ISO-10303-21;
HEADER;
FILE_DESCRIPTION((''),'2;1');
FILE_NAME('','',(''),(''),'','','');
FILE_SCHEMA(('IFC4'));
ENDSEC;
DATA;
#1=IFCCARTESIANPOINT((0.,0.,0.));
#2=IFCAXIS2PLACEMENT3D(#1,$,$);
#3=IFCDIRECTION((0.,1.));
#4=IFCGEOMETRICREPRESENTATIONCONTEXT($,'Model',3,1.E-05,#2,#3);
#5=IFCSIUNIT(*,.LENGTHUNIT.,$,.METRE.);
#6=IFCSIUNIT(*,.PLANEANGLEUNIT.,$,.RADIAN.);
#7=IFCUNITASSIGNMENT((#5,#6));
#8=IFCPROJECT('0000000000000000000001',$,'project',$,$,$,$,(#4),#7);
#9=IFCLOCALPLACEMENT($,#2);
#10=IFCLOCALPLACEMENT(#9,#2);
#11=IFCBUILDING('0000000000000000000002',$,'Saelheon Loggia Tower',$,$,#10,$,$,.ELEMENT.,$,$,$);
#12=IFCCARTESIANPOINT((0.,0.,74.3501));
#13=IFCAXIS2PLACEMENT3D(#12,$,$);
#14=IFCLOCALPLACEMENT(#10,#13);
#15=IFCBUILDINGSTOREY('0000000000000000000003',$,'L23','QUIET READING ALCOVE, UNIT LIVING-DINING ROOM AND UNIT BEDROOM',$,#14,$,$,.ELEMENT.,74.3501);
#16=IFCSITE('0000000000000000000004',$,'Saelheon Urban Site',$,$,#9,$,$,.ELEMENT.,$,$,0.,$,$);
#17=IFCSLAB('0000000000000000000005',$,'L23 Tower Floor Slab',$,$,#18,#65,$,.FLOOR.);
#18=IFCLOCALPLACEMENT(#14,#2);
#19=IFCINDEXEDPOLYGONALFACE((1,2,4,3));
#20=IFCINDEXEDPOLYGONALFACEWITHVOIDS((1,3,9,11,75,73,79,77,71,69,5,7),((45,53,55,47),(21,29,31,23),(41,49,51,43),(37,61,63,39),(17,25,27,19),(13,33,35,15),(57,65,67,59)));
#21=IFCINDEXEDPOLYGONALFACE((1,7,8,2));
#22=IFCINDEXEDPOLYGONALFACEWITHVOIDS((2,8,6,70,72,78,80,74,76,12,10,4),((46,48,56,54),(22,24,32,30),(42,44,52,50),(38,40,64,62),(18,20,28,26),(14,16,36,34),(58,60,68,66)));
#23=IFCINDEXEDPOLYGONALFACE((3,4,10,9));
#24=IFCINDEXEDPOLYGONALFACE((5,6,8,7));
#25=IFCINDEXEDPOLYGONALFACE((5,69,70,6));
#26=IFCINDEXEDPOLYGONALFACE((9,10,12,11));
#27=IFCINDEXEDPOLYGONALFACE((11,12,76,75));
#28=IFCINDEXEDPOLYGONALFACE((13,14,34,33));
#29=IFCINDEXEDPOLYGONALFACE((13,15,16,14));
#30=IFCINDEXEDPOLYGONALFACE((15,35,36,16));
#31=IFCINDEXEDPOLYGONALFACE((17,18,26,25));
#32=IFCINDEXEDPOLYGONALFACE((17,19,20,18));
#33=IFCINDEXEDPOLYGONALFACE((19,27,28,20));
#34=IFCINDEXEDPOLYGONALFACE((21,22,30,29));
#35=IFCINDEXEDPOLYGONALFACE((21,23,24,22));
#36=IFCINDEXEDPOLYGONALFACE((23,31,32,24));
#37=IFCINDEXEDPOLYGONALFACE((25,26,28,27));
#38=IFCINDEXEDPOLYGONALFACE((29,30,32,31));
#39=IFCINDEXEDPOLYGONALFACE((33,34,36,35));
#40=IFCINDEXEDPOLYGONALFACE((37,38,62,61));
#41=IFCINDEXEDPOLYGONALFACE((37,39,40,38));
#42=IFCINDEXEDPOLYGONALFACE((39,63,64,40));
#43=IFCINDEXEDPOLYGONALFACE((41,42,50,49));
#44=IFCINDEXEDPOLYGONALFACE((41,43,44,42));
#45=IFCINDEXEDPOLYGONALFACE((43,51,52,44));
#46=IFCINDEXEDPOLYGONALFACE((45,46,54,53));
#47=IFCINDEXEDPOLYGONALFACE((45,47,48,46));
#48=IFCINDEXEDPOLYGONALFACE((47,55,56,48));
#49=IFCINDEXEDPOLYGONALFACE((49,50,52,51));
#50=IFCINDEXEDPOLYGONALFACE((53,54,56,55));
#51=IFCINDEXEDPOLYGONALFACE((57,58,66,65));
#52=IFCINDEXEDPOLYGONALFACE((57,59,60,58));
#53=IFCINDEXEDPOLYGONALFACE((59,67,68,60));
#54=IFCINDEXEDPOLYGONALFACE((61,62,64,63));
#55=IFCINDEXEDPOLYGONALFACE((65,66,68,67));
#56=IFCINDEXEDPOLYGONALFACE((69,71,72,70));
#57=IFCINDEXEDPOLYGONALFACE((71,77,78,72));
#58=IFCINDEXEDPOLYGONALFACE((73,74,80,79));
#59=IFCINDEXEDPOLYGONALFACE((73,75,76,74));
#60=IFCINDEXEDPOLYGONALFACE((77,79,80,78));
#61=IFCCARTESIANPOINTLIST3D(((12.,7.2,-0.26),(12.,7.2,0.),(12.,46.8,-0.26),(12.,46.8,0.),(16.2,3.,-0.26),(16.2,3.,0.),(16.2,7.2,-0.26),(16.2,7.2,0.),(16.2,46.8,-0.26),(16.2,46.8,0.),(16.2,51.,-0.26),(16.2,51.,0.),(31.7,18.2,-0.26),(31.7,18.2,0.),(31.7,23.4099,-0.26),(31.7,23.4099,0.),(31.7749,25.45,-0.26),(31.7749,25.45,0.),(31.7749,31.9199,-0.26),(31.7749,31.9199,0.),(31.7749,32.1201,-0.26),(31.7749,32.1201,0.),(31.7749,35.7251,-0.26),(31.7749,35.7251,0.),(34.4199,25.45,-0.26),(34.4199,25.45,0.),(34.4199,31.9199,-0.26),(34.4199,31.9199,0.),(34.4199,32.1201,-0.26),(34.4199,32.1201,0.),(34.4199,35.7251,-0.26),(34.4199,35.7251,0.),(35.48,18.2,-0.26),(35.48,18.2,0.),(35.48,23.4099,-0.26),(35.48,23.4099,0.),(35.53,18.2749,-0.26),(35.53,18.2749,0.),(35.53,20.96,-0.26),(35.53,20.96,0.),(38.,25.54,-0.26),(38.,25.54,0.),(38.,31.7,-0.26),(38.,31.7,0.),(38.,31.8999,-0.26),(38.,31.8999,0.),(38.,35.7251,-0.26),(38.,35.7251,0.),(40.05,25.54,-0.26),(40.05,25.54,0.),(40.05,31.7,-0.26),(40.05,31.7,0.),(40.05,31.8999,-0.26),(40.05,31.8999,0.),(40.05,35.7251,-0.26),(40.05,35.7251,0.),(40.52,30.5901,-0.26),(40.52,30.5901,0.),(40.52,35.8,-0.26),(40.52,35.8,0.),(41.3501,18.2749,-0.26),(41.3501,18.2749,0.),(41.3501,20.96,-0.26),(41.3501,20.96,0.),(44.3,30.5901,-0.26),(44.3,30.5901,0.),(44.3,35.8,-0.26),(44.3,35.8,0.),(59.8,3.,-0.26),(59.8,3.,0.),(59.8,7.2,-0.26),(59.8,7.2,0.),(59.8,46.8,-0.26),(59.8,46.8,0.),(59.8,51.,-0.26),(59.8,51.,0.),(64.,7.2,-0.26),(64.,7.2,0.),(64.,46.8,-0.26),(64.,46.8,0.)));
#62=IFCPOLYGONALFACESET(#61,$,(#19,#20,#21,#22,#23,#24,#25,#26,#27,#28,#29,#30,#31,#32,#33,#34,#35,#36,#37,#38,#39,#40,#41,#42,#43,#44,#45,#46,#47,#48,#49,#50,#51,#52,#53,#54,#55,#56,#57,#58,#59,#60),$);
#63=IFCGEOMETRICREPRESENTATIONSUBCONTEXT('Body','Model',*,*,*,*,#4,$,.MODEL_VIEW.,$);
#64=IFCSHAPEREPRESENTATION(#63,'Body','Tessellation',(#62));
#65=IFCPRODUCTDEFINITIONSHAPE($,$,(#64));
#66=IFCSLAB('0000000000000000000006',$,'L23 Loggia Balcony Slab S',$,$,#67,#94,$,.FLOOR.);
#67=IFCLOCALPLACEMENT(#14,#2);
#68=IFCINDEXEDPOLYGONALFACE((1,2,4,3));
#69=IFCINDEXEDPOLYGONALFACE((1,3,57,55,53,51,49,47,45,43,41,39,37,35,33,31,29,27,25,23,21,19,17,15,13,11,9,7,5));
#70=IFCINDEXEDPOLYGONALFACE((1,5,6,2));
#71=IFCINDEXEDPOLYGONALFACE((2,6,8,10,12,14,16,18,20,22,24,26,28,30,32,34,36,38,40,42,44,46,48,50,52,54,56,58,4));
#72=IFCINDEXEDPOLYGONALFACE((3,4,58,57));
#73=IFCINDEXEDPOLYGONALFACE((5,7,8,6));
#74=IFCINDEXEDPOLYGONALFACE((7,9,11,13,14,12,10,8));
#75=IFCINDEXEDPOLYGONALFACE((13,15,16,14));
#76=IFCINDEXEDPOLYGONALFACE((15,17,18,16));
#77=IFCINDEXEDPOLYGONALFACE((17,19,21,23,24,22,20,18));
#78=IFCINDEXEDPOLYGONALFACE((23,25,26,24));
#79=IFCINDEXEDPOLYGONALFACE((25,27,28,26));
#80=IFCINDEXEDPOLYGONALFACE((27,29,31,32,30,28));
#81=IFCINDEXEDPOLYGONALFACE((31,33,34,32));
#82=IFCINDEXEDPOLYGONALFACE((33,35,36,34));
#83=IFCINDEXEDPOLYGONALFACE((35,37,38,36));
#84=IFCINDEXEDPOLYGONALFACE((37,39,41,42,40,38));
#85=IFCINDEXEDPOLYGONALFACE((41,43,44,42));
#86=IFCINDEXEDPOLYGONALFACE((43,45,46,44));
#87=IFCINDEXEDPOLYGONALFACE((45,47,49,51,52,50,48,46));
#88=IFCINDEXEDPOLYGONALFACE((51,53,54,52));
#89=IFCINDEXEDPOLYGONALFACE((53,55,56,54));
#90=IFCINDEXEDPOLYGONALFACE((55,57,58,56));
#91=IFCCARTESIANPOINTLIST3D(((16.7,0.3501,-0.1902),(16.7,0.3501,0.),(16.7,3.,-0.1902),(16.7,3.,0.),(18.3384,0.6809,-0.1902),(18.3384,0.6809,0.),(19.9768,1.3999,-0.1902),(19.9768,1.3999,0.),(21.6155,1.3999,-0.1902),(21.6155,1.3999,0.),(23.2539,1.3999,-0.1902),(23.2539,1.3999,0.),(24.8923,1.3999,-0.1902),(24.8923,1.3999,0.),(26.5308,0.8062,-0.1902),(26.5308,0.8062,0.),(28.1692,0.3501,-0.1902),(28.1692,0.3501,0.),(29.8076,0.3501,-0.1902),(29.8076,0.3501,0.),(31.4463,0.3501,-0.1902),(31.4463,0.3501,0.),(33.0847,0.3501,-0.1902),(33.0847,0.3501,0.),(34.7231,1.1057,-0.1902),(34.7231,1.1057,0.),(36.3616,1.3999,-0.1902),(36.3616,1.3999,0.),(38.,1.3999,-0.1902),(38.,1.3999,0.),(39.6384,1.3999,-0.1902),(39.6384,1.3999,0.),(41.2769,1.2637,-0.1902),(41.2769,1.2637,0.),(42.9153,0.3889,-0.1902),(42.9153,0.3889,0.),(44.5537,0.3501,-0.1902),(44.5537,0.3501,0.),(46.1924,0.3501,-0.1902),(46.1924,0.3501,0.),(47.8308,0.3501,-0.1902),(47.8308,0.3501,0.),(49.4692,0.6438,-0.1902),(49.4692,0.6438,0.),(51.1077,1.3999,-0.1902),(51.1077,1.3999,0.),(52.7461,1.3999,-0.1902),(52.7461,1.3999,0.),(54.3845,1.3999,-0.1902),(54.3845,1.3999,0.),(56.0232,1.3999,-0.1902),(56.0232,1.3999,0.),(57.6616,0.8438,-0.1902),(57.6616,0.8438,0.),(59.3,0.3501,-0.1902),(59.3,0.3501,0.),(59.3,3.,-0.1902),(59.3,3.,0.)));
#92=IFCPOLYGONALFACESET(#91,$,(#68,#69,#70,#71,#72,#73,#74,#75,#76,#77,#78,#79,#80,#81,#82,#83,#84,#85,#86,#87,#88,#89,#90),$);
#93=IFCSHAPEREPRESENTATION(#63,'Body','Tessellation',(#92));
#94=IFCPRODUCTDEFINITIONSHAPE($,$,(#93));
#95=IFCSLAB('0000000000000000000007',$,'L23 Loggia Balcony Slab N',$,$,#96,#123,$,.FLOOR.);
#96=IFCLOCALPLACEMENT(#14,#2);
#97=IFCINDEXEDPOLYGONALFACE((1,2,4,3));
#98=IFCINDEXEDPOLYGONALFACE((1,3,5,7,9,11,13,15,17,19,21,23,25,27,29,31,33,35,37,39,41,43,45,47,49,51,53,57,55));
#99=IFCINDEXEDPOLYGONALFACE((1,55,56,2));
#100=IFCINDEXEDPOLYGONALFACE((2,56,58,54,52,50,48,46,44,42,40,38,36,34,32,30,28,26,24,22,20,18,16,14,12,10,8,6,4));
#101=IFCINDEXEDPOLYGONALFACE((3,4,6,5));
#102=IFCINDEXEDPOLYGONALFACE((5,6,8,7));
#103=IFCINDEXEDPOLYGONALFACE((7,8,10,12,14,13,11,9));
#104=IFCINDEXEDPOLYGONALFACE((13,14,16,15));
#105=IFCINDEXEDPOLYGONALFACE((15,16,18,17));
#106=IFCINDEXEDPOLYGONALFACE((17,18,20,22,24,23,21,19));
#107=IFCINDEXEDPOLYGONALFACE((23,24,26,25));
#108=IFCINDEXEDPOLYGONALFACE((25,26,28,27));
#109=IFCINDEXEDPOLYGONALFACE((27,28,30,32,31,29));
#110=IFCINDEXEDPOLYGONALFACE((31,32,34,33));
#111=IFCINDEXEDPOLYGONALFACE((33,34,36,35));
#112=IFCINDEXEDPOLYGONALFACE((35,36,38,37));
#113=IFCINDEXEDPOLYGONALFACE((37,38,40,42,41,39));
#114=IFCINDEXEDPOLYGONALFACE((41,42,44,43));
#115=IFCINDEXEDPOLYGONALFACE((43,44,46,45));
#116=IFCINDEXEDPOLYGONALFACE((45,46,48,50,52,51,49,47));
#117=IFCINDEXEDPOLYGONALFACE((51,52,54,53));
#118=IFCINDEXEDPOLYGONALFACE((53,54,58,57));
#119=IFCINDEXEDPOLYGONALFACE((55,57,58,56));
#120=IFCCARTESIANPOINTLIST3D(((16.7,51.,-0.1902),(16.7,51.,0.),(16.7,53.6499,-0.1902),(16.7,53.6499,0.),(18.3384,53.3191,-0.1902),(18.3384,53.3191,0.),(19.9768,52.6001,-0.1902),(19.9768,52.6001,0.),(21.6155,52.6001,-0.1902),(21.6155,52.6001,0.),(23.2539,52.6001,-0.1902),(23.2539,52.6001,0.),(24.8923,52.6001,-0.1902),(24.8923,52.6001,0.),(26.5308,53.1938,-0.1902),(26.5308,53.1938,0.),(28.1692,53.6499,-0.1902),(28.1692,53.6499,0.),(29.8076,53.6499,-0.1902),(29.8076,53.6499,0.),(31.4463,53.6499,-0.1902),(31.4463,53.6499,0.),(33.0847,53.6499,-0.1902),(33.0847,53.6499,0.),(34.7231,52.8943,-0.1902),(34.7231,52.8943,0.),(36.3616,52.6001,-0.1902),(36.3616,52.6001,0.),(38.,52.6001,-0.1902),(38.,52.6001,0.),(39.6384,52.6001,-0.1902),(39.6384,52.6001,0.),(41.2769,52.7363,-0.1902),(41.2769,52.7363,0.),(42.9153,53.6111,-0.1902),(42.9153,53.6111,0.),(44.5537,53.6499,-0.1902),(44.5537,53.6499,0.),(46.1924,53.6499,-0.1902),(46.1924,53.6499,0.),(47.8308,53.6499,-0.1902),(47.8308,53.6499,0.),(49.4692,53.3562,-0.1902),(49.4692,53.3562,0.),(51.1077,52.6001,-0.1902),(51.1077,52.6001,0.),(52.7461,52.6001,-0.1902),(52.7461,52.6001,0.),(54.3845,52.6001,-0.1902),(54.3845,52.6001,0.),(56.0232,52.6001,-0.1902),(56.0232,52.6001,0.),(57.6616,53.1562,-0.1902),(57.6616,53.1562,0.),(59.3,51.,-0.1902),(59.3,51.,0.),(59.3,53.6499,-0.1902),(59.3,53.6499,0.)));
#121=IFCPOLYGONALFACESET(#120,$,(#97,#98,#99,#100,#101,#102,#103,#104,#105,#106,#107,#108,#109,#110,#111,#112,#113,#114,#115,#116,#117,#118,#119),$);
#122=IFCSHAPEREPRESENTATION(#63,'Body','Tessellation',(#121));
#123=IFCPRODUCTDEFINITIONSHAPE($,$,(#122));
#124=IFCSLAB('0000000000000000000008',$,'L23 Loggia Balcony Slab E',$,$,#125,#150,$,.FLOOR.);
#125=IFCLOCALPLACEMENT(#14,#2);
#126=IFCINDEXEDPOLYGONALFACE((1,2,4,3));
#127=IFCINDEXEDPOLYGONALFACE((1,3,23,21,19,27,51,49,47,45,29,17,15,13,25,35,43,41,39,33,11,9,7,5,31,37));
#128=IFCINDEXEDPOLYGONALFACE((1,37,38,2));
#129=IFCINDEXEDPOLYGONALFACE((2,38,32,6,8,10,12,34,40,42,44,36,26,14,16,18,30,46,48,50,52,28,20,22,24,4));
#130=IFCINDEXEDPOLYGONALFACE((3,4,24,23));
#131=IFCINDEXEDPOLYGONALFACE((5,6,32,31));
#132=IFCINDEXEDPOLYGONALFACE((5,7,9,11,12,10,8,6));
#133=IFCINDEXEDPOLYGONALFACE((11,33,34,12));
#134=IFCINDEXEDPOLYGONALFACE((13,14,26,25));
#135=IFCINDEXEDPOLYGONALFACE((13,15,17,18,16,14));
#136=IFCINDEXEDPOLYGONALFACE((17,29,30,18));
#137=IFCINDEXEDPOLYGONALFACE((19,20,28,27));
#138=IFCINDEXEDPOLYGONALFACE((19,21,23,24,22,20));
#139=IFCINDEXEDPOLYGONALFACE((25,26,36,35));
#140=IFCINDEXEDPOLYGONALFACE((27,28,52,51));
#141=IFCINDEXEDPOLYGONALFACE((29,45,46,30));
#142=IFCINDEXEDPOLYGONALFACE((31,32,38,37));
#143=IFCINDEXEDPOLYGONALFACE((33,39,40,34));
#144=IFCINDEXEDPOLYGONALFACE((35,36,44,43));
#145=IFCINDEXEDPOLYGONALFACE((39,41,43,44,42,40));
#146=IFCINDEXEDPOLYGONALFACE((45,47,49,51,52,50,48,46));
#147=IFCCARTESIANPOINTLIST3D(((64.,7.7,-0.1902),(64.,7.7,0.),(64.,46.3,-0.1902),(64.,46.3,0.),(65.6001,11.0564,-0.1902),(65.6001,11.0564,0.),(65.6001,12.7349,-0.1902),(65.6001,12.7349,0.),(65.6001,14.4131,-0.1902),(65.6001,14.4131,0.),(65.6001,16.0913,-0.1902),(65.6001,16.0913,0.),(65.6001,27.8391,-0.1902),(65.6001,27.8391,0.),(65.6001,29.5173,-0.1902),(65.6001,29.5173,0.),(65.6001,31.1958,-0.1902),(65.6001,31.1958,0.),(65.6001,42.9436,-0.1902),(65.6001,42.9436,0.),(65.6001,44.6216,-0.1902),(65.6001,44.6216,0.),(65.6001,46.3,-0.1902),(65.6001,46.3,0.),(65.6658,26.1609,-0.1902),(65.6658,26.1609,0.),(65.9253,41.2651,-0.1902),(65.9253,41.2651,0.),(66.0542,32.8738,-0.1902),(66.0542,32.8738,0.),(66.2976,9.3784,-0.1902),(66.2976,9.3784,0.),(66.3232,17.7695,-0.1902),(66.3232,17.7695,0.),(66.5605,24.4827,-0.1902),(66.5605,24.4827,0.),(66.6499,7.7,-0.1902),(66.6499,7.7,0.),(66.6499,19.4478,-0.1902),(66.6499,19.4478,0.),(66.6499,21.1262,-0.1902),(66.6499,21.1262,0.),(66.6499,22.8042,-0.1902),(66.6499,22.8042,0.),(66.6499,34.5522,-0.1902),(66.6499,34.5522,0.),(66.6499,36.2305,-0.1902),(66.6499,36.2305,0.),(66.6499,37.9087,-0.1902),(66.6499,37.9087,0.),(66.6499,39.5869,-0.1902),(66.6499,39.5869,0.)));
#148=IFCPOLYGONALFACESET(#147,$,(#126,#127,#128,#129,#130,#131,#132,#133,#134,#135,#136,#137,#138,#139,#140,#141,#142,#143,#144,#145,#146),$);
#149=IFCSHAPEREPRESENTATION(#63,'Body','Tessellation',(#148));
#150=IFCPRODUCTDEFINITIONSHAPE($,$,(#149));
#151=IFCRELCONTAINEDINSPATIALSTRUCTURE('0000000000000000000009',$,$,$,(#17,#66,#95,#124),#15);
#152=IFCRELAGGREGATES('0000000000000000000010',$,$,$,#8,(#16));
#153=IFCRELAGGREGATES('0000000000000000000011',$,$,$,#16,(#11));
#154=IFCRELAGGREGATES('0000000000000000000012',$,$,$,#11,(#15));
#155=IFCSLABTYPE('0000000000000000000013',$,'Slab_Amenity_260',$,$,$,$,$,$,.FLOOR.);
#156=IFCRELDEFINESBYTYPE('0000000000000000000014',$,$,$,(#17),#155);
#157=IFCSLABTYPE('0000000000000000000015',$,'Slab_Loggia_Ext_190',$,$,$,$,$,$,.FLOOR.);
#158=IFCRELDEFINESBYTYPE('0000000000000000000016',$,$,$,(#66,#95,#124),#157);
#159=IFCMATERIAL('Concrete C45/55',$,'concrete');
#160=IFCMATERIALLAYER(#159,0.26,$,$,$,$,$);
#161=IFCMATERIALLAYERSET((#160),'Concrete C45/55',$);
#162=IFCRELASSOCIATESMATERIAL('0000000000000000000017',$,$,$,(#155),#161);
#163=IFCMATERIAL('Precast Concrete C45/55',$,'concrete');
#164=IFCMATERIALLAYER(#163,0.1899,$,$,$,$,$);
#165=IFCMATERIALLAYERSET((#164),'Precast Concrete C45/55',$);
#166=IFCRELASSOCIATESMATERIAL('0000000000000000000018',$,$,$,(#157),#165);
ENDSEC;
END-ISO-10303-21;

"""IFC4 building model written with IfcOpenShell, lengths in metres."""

from ifc_helpers import new_model, si_unit, direction, frame, origin, place, context, subcontext, project, spatial, polyline, outline, extrude, material, layer, layer_set, type_object, element, save


model = new_model("IFC4")

# Units and contexts
model_context = context("Model", 3, precision=1e-05, world=origin(), true_north=direction((0.0, 1.0)))
body_context = subcontext(model_context, "Body", "Model", "MODEL_VIEW")
ifc_project = project(units=[si_unit("LENGTHUNIT", "METRE"), si_unit("PLANEANGLEUNIT", "RADIAN")], contexts=[model_context])

# Site, building, storey
site_placement = place(None, origin())
site = spatial("IfcSite", under=ifc_project, at=site_placement, Name="Saelheon Urban Site", CompositionType="ELEMENT", RefElevation=0.0)
building_placement = place(site_placement, origin())
building = spatial("IfcBuilding", under=site, at=building_placement, Name="Saelheon Loggia Tower", CompositionType="ELEMENT")
storey_placement = place(building_placement, frame((0.0, 0.0, 74.3501)))
storey = spatial("IfcBuildingStorey", under=building, at=storey_placement, Name="L23", Description="QUIET READING ALCOVE, UNIT LIVING-DINING ROOM AND UNIT BEDROOM", CompositionType="ELEMENT", Elevation=74.3501)

# Slabs
ifc_material_1 = material(Name="Concrete C45/55", Category="concrete")
ifc_layer_1 = layer(ifc_material_1, 0.26)
ifc_layer_set_1 = layer_set([ifc_layer_1], Name="Concrete C45/55")
slab_type_1 = type_object("IfcSlabType", Name="Slab_Amenity_260", PredefinedType="FLOOR", material=ifc_layer_set_1)
slab_1_placement = place(storey_placement, frame((0.0, 0.0, -0.26)))
element("IfcSlab", 1, at=slab_1_placement, inside=storey, type_object=slab_type_1, Name="L23 Tower Floor Slab", PredefinedType="FLOOR", context=body_context, shape_type="SweptSolid", body=[
    extrude(outline(polyline([(16.2, 3.0), (59.8, 3.0), (59.8, 7.2), (64.0, 7.2), (64.0, 46.8), (59.8, 46.8), (59.8, 51.0), (16.2, 51.0), (16.2, 46.8), (12.0, 46.8), (12.0, 7.2), (16.2, 7.2), (16.2, 3.0)]), holes=[polyline([(31.7, 23.4099), (31.7, 18.2), (35.48, 18.2), (35.48, 23.4099), (31.7, 23.4099)]), polyline([(44.3, 30.5901), (44.3, 35.8), (40.52, 35.8), (40.52, 30.5901), (44.3, 30.5901)]), polyline([(35.53, 18.2749), (41.3501, 18.2749), (41.3501, 20.96), (35.53, 20.96), (35.53, 18.2749)]), polyline([(31.7749, 32.1201), (34.4199, 32.1201), (34.4199, 35.7251), (31.7749, 35.7251), (31.7749, 32.1201)]), polyline([(38.0, 31.8999), (40.05, 31.8999), (40.05, 35.7251), (38.0, 35.7251), (38.0, 31.8999)]), polyline([(31.7749, 25.45), (34.4199, 25.45), (34.4199, 31.9199), (31.7749, 31.9199), (31.7749, 25.45)]), polyline([(38.0, 25.54), (40.05, 25.54), (40.05, 31.7), (38.0, 31.7), (38.0, 25.54)])]), origin(), (0.0, 0.0, 1.0), 0.26),
])
ifc_material_2 = material(Name="Precast Concrete C45/55", Category="concrete")
ifc_layer_2 = layer(ifc_material_2, 0.1899)
ifc_layer_set_2 = layer_set([ifc_layer_2], Name="Precast Concrete C45/55")
slab_type_2 = type_object("IfcSlabType", Name="Slab_Loggia_Ext_190", PredefinedType="FLOOR", material=ifc_layer_set_2)
slab_2_placement = place(storey_placement, frame((0.0, 0.0, -0.1902)))
element("IfcSlab", 2, at=slab_2_placement, inside=storey, type_object=slab_type_2, Name="L23 Loggia Balcony Slab S", PredefinedType="FLOOR", context=body_context, shape_type="SweptSolid", body=[
    extrude(outline(polyline([(16.7, 0.3501), (18.3384, 0.6809), (19.9768, 1.3999), (21.6155, 1.3999), (23.2539, 1.3999), (24.8923, 1.3999), (26.5308, 0.8062), (28.1692, 0.3501), (29.8076, 0.3501), (31.4463, 0.3501), (33.0847, 0.3501), (34.7231, 1.1057), (36.3616, 1.3999), (38.0, 1.3999), (39.6384, 1.3999), (41.2769, 1.2637), (42.9153, 0.3889), (44.5537, 0.3501), (46.1924, 0.3501), (47.8308, 0.3501), (49.4692, 0.6438), (51.1077, 1.3999), (52.7461, 1.3999), (54.3845, 1.3999), (56.0232, 1.3999), (57.6616, 0.8438), (59.3, 0.3501), (59.3, 3.0), (16.7, 3.0), (16.7, 0.3501)])), origin(), (0.0, 0.0, 1.0), 0.1902),
])
slab_3_placement = place(storey_placement, frame((0.0, 0.0, -0.1902)))
element("IfcSlab", 3, at=slab_3_placement, inside=storey, type_object=slab_type_2, Name="L23 Loggia Balcony Slab N", PredefinedType="FLOOR", context=body_context, shape_type="SweptSolid", body=[
    extrude(outline(polyline([(16.7, 51.0), (59.3, 51.0), (59.3, 53.6499), (57.6616, 53.1562), (56.0232, 52.6001), (54.3845, 52.6001), (52.7461, 52.6001), (51.1077, 52.6001), (49.4692, 53.3562), (47.8308, 53.6499), (46.1924, 53.6499), (44.5537, 53.6499), (42.9153, 53.6111), (41.2769, 52.7363), (39.6384, 52.6001), (38.0, 52.6001), (36.3616, 52.6001), (34.7231, 52.8943), (33.0847, 53.6499), (31.4463, 53.6499), (29.8076, 53.6499), (28.1692, 53.6499), (26.5308, 53.1938), (24.8923, 52.6001), (23.2539, 52.6001), (21.6155, 52.6001), (19.9768, 52.6001), (18.3384, 53.3191), (16.7, 53.6499), (16.7, 51.0)])), origin(), (0.0, 0.0, 1.0), 0.1902),
])
slab_4_placement = place(storey_placement, frame((0.0, 0.0, -0.1902)))
element("IfcSlab", 4, at=slab_4_placement, inside=storey, type_object=slab_type_2, Name="L23 Loggia Balcony Slab E", PredefinedType="FLOOR", context=body_context, shape_type="SweptSolid", body=[
    extrude(outline(polyline([(64.0, 7.7), (66.6499, 7.7), (66.2976, 9.3784), (65.6001, 11.0564), (65.6001, 12.7349), (65.6001, 14.4131), (65.6001, 16.0913), (66.3232, 17.7695), (66.6499, 19.4478), (66.6499, 21.1262), (66.6499, 22.8042), (66.5605, 24.4827), (65.6658, 26.1609), (65.6001, 27.8391), (65.6001, 29.5173), (65.6001, 31.1958), (66.0542, 32.8738), (66.6499, 34.5522), (66.6499, 36.2305), (66.6499, 37.9087), (66.6499, 39.5869), (65.9253, 41.2651), (65.6001, 42.9436), (65.6001, 44.6216), (65.6001, 46.3), (64.0, 46.3), (64.0, 7.7)])), origin(), (0.0, 0.0, 1.0), 0.1902),
])

save(model, "model.ifc")
